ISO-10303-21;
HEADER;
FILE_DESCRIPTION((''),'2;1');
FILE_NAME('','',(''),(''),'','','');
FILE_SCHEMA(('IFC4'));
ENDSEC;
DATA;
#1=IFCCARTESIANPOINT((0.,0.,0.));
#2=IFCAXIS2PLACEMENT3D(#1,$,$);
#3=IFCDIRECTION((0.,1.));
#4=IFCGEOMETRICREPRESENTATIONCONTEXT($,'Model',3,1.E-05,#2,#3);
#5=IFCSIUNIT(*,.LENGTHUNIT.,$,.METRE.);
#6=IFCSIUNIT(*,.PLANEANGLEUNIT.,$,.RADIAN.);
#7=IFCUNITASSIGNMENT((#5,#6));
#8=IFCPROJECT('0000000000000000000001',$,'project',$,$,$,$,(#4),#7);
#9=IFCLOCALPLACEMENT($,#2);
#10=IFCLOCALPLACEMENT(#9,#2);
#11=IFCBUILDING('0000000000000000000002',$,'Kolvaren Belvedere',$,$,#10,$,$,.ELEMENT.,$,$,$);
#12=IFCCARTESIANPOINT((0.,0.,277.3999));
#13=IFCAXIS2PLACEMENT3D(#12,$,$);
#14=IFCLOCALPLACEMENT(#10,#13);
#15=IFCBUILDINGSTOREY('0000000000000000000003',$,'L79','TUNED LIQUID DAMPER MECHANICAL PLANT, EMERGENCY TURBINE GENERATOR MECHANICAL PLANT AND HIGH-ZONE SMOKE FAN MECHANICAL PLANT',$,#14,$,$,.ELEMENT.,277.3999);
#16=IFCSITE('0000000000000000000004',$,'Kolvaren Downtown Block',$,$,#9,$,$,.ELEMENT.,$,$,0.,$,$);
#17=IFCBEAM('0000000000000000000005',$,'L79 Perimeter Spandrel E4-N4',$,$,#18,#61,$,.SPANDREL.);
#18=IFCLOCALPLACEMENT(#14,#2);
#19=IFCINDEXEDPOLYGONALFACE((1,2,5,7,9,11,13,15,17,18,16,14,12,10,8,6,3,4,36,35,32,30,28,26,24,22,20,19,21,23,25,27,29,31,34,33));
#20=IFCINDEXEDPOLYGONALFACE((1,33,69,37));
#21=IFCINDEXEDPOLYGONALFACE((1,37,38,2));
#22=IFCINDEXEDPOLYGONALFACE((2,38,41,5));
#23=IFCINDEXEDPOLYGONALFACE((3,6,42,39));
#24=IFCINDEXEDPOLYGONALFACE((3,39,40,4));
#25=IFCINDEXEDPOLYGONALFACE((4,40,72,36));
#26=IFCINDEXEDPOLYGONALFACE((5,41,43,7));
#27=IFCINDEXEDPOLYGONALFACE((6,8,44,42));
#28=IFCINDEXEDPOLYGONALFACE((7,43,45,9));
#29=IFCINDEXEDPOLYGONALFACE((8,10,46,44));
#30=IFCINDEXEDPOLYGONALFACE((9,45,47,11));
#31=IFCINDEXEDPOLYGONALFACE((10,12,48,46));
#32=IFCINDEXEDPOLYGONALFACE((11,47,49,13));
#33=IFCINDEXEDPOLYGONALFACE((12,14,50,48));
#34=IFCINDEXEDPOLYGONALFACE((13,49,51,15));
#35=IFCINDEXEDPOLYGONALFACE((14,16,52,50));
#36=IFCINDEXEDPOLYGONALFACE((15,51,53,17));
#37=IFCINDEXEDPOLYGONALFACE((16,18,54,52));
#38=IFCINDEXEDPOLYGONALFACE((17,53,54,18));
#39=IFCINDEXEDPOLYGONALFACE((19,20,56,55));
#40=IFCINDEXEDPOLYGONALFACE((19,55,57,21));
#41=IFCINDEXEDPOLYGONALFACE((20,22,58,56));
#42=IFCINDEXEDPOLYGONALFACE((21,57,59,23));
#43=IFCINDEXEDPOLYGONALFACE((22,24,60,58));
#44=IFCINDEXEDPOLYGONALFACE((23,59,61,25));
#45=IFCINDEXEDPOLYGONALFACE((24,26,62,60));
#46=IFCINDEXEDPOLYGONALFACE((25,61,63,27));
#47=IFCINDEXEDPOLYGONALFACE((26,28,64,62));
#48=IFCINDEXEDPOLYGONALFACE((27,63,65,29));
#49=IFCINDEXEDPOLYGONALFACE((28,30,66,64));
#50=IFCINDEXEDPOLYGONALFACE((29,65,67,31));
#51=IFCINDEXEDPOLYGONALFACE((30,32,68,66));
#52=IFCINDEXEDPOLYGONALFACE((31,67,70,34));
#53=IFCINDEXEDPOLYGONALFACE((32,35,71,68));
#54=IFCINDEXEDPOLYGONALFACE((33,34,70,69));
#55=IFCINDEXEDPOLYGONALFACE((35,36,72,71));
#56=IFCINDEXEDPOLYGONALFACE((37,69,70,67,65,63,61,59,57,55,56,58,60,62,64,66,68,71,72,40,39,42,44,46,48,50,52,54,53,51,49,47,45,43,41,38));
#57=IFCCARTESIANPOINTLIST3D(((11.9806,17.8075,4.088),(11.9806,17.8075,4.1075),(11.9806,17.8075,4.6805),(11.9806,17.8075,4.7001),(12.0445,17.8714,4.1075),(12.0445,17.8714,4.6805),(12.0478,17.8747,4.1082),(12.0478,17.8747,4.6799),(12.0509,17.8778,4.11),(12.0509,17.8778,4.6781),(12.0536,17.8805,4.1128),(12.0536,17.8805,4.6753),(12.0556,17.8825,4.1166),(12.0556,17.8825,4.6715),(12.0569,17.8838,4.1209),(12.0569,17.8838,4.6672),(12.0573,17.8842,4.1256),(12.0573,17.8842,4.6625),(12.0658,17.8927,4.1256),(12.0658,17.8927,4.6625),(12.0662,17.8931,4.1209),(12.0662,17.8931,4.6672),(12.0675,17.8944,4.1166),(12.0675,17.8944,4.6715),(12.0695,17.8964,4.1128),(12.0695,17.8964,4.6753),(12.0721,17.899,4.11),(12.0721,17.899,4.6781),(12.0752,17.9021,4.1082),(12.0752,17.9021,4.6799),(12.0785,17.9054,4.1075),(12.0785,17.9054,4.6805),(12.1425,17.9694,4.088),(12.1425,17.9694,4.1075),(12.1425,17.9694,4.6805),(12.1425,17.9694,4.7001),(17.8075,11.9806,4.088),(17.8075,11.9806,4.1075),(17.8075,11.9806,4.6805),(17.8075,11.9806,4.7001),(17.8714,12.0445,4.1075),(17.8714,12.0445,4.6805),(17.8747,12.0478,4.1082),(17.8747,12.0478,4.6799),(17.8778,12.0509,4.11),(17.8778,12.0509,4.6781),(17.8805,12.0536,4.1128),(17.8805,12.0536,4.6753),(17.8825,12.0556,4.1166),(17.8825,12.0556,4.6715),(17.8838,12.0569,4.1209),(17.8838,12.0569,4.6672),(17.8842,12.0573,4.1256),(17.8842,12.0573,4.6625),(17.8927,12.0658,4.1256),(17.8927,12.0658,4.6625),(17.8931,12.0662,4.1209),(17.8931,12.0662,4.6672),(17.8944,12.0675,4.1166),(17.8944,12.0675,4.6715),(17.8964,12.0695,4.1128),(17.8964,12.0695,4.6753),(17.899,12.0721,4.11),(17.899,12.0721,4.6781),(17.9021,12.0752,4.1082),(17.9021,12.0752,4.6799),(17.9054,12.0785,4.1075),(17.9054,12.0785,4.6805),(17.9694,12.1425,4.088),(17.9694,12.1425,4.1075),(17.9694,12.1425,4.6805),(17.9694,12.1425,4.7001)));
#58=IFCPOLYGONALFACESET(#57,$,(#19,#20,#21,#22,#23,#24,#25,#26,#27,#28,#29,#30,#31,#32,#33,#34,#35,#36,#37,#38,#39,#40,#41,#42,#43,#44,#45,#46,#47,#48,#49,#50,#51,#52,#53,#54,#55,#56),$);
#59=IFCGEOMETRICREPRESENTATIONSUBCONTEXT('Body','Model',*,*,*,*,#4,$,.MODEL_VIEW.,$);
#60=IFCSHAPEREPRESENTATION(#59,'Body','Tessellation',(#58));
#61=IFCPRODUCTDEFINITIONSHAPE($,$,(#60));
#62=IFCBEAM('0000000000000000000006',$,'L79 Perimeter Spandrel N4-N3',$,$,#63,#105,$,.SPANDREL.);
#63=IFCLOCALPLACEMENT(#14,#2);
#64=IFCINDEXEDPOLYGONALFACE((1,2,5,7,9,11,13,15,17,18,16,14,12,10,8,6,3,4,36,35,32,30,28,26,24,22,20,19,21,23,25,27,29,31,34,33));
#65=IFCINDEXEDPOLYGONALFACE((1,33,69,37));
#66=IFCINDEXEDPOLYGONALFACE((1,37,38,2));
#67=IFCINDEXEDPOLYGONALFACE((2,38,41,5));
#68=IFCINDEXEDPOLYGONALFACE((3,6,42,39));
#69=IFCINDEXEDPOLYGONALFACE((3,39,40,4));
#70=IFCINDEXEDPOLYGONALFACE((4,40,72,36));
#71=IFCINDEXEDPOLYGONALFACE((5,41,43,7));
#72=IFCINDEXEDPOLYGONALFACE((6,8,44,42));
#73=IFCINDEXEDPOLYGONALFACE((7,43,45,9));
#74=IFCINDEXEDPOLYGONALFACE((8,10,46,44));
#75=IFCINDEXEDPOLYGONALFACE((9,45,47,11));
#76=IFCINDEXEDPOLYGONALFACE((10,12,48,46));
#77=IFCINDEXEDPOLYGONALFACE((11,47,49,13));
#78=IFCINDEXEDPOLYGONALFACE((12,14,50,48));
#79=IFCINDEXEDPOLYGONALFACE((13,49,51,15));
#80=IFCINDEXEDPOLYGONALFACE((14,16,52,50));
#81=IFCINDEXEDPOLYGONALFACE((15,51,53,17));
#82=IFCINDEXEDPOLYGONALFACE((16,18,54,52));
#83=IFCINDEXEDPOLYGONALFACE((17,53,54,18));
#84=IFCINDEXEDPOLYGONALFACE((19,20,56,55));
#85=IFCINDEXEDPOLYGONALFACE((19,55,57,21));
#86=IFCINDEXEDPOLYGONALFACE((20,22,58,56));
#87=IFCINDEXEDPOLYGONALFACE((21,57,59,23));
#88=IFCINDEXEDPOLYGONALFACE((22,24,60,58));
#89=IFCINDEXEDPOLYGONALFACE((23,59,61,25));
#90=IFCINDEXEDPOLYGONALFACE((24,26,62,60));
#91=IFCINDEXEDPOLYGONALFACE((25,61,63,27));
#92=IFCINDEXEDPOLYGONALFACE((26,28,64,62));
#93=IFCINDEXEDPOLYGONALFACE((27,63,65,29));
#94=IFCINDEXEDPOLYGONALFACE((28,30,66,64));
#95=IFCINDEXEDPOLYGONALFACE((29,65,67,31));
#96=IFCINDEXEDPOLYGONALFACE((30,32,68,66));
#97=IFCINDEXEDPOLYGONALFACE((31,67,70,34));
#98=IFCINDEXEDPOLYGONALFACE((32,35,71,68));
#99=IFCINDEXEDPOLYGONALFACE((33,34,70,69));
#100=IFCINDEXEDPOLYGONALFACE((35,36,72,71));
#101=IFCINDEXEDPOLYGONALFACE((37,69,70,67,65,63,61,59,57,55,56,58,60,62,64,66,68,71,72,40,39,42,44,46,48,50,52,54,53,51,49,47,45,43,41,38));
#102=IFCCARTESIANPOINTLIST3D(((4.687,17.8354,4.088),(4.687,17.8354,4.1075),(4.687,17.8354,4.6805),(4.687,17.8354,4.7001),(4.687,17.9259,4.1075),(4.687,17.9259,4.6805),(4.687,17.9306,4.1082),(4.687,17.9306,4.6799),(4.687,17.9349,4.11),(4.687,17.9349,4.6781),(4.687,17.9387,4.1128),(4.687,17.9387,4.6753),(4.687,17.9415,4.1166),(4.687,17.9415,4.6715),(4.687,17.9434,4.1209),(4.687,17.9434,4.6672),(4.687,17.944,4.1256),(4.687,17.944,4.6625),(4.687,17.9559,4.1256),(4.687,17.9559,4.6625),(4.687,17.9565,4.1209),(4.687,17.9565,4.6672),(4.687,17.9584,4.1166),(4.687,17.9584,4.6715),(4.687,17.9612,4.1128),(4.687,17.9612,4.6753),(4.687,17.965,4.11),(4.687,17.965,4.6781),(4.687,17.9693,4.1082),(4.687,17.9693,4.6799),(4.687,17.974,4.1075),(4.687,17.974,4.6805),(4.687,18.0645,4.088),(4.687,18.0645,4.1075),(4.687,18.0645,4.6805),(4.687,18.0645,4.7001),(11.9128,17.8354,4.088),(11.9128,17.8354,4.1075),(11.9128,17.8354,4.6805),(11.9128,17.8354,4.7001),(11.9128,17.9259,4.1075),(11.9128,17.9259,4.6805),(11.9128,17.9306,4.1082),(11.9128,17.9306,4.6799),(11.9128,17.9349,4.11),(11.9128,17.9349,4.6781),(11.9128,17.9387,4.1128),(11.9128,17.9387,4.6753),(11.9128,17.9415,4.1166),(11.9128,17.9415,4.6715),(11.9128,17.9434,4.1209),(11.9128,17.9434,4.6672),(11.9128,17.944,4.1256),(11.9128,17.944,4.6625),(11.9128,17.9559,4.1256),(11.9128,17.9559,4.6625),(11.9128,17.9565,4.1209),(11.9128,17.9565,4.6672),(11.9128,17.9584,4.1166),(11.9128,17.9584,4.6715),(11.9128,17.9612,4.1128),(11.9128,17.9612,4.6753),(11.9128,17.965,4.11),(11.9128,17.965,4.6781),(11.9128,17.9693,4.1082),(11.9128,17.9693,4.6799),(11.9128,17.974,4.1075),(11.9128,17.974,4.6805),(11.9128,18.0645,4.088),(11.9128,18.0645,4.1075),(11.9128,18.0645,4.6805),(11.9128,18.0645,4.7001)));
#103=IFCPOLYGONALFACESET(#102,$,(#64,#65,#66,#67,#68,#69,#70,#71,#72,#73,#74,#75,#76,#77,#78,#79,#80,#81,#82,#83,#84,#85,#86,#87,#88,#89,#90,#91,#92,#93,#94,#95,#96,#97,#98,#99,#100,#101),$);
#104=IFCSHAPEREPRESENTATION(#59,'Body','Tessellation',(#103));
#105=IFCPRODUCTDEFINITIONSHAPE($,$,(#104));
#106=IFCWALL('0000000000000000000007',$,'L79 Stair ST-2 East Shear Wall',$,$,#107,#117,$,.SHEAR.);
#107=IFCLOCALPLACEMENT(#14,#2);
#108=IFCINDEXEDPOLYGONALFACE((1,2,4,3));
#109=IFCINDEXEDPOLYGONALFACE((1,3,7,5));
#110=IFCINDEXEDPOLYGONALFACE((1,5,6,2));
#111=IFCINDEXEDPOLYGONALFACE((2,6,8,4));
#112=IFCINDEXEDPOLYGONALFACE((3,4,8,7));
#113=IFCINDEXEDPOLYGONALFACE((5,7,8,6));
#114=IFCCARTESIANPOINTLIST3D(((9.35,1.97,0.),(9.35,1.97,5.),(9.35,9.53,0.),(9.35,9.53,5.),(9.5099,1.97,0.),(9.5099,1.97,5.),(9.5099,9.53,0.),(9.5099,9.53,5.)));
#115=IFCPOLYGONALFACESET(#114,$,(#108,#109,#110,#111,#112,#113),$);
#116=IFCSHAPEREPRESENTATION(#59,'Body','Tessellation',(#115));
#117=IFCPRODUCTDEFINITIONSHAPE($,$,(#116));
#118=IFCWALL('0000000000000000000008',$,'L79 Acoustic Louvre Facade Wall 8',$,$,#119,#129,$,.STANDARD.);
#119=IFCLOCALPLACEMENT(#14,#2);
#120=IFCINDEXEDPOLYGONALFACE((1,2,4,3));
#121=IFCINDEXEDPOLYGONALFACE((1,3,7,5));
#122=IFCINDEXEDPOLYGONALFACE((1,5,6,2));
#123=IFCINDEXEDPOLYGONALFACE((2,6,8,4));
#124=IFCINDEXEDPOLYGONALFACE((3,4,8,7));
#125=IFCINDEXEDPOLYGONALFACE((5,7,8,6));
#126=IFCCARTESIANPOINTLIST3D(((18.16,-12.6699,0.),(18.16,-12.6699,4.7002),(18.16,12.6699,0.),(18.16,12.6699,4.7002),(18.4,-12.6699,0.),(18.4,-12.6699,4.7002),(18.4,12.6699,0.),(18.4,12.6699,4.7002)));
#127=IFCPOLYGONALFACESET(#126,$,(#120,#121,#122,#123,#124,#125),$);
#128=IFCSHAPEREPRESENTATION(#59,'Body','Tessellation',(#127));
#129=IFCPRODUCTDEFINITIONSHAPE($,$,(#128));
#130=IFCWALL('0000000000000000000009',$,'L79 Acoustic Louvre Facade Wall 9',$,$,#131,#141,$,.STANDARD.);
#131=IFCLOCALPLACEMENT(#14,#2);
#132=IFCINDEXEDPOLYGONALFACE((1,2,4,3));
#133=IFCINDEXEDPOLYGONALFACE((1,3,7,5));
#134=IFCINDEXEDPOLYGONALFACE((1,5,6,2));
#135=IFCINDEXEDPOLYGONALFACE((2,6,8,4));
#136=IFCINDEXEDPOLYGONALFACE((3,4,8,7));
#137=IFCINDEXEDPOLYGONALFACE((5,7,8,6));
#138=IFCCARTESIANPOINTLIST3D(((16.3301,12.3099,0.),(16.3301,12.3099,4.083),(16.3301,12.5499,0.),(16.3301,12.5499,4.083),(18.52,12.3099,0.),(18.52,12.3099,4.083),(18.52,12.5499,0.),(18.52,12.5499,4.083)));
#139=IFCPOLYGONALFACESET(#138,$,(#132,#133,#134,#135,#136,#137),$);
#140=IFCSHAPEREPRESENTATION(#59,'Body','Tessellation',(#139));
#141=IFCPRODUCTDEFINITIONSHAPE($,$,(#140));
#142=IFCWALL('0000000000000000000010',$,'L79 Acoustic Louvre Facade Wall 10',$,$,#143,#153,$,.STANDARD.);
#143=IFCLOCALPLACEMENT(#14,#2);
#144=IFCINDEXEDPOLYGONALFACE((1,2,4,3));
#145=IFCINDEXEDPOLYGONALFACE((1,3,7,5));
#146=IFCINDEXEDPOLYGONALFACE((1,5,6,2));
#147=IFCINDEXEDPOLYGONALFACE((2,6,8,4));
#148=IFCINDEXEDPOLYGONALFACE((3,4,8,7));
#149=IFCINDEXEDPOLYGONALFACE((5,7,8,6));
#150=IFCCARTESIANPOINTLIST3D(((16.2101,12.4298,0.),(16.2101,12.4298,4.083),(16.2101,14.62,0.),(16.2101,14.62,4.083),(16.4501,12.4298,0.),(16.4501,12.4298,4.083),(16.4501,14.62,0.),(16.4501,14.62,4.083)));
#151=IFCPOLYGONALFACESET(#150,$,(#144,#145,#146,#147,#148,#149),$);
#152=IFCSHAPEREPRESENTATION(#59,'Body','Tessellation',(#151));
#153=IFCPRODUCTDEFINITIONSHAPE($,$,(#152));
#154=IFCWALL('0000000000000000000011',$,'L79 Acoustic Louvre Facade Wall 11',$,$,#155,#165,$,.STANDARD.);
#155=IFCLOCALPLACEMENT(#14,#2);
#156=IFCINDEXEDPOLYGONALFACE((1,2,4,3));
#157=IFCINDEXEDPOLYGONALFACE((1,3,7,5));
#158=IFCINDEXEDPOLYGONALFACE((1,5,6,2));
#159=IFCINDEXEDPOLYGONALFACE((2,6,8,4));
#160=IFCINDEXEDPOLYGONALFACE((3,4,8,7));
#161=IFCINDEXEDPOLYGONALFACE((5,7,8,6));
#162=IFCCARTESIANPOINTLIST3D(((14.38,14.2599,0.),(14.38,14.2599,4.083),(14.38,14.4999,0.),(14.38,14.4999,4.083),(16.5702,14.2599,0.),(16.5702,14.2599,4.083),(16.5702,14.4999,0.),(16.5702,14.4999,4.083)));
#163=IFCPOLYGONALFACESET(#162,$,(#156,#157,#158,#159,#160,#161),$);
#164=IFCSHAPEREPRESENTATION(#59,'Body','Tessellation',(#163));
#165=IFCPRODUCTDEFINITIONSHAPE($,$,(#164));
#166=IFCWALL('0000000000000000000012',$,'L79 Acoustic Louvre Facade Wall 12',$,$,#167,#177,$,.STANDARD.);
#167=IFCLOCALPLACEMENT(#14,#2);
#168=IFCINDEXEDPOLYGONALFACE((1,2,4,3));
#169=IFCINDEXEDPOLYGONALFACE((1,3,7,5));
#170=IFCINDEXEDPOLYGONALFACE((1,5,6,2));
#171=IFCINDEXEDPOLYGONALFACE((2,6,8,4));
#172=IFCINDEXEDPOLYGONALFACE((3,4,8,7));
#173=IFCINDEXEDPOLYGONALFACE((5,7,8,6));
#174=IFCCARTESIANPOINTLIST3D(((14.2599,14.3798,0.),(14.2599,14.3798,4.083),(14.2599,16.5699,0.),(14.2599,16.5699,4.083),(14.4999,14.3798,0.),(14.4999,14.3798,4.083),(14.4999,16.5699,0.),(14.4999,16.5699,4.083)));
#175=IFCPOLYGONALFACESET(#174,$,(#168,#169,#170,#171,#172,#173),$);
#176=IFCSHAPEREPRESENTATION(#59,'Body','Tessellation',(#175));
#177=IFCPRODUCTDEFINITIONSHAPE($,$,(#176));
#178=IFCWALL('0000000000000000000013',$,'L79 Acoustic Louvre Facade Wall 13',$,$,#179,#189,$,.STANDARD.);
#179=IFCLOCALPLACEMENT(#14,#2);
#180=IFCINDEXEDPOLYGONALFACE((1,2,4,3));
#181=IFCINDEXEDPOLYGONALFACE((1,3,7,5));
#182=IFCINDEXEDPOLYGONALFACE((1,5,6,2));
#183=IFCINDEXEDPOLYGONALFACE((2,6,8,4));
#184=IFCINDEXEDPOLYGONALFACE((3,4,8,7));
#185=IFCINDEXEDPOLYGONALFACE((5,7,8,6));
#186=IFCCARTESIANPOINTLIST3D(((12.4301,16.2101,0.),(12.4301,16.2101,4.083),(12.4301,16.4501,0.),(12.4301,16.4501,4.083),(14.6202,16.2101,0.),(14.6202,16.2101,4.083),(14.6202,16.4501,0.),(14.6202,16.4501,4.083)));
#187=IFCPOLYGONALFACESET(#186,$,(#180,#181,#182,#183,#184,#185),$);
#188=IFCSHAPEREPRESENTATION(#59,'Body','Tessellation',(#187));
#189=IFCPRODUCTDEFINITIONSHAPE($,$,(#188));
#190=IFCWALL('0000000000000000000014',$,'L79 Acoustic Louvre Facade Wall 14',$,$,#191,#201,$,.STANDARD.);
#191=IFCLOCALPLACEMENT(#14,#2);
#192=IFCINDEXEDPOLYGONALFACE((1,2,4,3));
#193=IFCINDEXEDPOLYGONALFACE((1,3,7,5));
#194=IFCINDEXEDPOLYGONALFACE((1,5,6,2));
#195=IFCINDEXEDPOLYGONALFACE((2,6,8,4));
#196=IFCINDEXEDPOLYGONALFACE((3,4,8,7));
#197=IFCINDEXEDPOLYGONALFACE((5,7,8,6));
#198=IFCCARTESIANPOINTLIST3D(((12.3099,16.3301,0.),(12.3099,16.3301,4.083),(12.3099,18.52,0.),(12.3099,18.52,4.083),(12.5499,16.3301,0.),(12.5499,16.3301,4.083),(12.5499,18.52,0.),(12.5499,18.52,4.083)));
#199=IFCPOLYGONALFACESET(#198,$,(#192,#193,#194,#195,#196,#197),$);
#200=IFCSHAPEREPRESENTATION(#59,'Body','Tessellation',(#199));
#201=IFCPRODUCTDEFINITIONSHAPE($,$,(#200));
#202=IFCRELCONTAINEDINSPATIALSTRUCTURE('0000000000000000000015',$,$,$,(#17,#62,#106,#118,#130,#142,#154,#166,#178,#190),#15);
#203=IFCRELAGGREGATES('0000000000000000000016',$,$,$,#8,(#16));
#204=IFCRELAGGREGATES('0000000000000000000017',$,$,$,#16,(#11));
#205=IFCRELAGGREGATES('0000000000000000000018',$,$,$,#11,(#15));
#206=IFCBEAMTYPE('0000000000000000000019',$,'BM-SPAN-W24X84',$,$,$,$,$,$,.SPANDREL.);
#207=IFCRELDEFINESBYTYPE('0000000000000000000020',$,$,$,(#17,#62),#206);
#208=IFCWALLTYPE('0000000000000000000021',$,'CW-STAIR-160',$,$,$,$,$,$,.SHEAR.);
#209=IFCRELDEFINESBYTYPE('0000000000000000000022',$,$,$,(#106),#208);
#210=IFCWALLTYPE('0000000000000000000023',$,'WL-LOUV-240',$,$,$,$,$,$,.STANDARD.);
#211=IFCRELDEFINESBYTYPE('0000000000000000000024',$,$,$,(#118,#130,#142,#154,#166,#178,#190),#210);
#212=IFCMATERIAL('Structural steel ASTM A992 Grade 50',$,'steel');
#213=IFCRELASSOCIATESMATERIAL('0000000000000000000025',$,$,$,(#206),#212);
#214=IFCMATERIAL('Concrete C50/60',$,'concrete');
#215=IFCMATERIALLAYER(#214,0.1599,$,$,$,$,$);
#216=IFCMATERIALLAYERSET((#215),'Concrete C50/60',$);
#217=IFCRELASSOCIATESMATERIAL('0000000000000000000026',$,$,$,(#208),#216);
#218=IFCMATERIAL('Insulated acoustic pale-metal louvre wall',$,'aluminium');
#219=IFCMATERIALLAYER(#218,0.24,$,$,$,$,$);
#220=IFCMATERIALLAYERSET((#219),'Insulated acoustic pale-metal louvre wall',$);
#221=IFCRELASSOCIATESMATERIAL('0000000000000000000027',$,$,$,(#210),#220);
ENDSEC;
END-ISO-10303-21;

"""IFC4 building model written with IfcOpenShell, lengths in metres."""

from ifc_helpers import new_model, si_unit, direction, frame, frame_2d, origin, origin_2d, place, context, subcontext, project, spatial, rectangle, i_section, extrude, material, layer, layer_set, material_profile, profile_set, type_object, element, save


model = new_model("IFC4")

# Units and contexts
model_context = context("Model", 3, precision=1e-05, world=origin(), true_north=direction((0.0, 1.0)))
body_context = subcontext(model_context, "Body", "Model", "MODEL_VIEW")
ifc_project = project(units=[si_unit("LENGTHUNIT", "METRE"), si_unit("PLANEANGLEUNIT", "RADIAN")], contexts=[model_context])

# Site, building, storey
site_placement = place(None, origin())
site = spatial("IfcSite", under=ifc_project, at=site_placement, Name="Kolvaren Downtown Block", CompositionType="ELEMENT", RefElevation=0.0)
building_placement = place(site_placement, origin())
building = spatial("IfcBuilding", under=site, at=building_placement, Name="Kolvaren Belvedere", CompositionType="ELEMENT")
storey_placement = place(building_placement, frame((0.0, 0.0, 277.3999)))
storey = spatial("IfcBuildingStorey", under=building, at=storey_placement, Name="L79", Description="TUNED LIQUID DAMPER MECHANICAL PLANT, EMERGENCY TURBINE GENERATOR MECHANICAL PLANT AND HIGH-ZONE SMOKE FAN MECHANICAL PLANT", CompositionType="ELEMENT", Elevation=277.3999)

# Beams
ifc_material_1 = material(Name="Structural steel ASTM A992 Grade 50", Category="steel")
ifc_material_profile_1 = material_profile(ifc_material_1, i_section(OverallWidth=0.229, OverallDepth=0.6121, WebThickness=0.012, FlangeThickness=0.0195, FilletRadius=0.0181, at=origin_2d()), Name="W24X84")
ifc_profile_set_1 = profile_set([ifc_material_profile_1], Name="Structural steel ASTM A992 Grade 50")
beam_type_1 = type_object("IfcBeamType", Name="BM-SPAN-W24X84", PredefinedType="SPANDREL", material=ifc_profile_set_1)
beam_1_placement = place(storey_placement, frame((17.8884, 12.0615, 4.394), z_axis=(-0.707107, 0.707107, 0.0), x_axis=(-0.707107, -0.707107, 0.0)))
element("IfcBeam", 1, at=beam_1_placement, inside=storey, type_object=beam_type_1, Name="L79 Perimeter Spandrel E4-N4", PredefinedType="SPANDREL", context=body_context, shape_type="SweptSolid", body=[
    extrude(i_section(OverallWidth=0.229, OverallDepth=0.6121, WebThickness=0.012, FlangeThickness=0.0195, FilletRadius=0.0181, at=origin_2d()), origin(), (0.0, 0.0, 1.0), 8.2405),
])
beam_2_placement = place(storey_placement, frame((11.9128, 17.95, 4.394), z_axis=(-1.0, 0.0, 0.0), x_axis=(0.0, -1.0, 0.0)))
element("IfcBeam", 2, at=beam_2_placement, inside=storey, type_object=beam_type_1, Name="L79 Perimeter Spandrel N4-N3", PredefinedType="SPANDREL", context=body_context, shape_type="SweptSolid", body=[
    extrude(i_section(OverallWidth=0.229, OverallDepth=0.6121, WebThickness=0.012, FlangeThickness=0.0195, FilletRadius=0.0181, at=origin_2d()), origin(), (0.0, 0.0, 1.0), 7.2258),
])

# Walls
ifc_material_2 = material(Name="Concrete C50/60", Category="concrete")
ifc_layer_1 = layer(ifc_material_2, 0.1599)
ifc_layer_set_1 = layer_set([ifc_layer_1], Name="Concrete C50/60")
wall_type_1 = type_object("IfcWallType", Name="CW-STAIR-160", PredefinedType="SHEAR", material=ifc_layer_set_1)
wall_1_placement = place(storey_placement, frame((9.4299, 1.97, 0.0), z_axis=(0.0, 0.0, 1.0), x_axis=(0.0, 1.0, 0.0)))
element("IfcWall", 3, at=wall_1_placement, inside=storey, type_object=wall_type_1, Name="L79 Stair ST-2 East Shear Wall", PredefinedType="SHEAR", context=body_context, shape_type="SweptSolid", body=[
    extrude(rectangle(XDim=7.5601, YDim=0.1599, at=frame_2d((3.78, 0.0))), origin(), (0.0, 0.0, 1.0), 5.0),
])
ifc_material_3 = material(Name="Insulated acoustic pale-metal louvre wall", Category="aluminium")
ifc_layer_2 = layer(ifc_material_3, 0.24)
ifc_layer_set_2 = layer_set([ifc_layer_2], Name="Insulated acoustic pale-metal louvre wall")
wall_type_2 = type_object("IfcWallType", Name="WL-LOUV-240", PredefinedType="STANDARD", material=ifc_layer_set_2)
wall_2_placement = place(storey_placement, frame((18.28, 12.6699, 0.0), z_axis=(0.0, 0.0, 1.0), x_axis=(0.0, -1.0, 0.0)))
element("IfcWall", 4, at=wall_2_placement, inside=storey, type_object=wall_type_2, Name="L79 Acoustic Louvre Facade Wall 8", PredefinedType="STANDARD", context=body_context, shape_type="SweptSolid", body=[
    extrude(rectangle(XDim=25.3398, YDim=0.24, at=frame_2d((12.6699, 0.0))), origin(), (0.0, 0.0, 1.0), 4.7002),
])
wall_3_placement = place(storey_placement, frame((16.3301, 12.4299, 0.0), z_axis=(0.0, 0.0, 1.0), x_axis=(1.0, 0.0, 0.0)))
element("IfcWall", 5, at=wall_3_placement, inside=storey, type_object=wall_type_2, Name="L79 Acoustic Louvre Facade Wall 9", PredefinedType="STANDARD", context=body_context, shape_type="SweptSolid", body=[
    extrude(rectangle(XDim=2.1899, YDim=0.24, at=frame_2d((1.095, 0.0))), origin(), (0.0, 0.0, 1.0), 4.083),
])
for number, where, z_axis, x_axis, name in (
    (6, (16.3301, 14.6201, 0.0), (0.0, 0.0, 1.0), (0.0, -1.0, 0.0), "L79 Acoustic Louvre Facade Wall 10"),
    (7, (14.3799, 14.3799, 0.0), (0.0, 0.0, 1.0), (1.0, 0.0, 0.0), "L79 Acoustic Louvre Facade Wall 11"),
    (8, (14.3799, 16.5701, 0.0), (0.0, 0.0, 1.0), (0.0, -1.0, 0.0), "L79 Acoustic Louvre Facade Wall 12"),
    (9, (12.4299, 16.3301, 0.0), (0.0, 0.0, 1.0), (1.0, 0.0, 0.0), "L79 Acoustic Louvre Facade Wall 13"),
):
    element("IfcWall", number, at=place(storey_placement, frame(where, z_axis=z_axis, x_axis=x_axis)), inside=storey, type_object=wall_type_2, Name=name, PredefinedType="STANDARD", context=body_context, shape_type="SweptSolid", body=[
        extrude(rectangle(XDim=2.1902, YDim=0.24, at=frame_2d((1.0952, 0.0))), origin(), (0.0, 0.0, 1.0), 4.083),
    ])
wall_4_placement = place(storey_placement, frame((12.4299, 18.52, 0.0), z_axis=(0.0, 0.0, 1.0), x_axis=(0.0, -1.0, 0.0)))
element("IfcWall", 10, at=wall_4_placement, inside=storey, type_object=wall_type_2, Name="L79 Acoustic Louvre Facade Wall 14", PredefinedType="STANDARD", context=body_context, shape_type="SweptSolid", body=[
    extrude(rectangle(XDim=2.1899, YDim=0.24, at=frame_2d((1.095, 0.0))), origin(), (0.0, 0.0, 1.0), 4.083),
])

save(model, "model.ifc")
